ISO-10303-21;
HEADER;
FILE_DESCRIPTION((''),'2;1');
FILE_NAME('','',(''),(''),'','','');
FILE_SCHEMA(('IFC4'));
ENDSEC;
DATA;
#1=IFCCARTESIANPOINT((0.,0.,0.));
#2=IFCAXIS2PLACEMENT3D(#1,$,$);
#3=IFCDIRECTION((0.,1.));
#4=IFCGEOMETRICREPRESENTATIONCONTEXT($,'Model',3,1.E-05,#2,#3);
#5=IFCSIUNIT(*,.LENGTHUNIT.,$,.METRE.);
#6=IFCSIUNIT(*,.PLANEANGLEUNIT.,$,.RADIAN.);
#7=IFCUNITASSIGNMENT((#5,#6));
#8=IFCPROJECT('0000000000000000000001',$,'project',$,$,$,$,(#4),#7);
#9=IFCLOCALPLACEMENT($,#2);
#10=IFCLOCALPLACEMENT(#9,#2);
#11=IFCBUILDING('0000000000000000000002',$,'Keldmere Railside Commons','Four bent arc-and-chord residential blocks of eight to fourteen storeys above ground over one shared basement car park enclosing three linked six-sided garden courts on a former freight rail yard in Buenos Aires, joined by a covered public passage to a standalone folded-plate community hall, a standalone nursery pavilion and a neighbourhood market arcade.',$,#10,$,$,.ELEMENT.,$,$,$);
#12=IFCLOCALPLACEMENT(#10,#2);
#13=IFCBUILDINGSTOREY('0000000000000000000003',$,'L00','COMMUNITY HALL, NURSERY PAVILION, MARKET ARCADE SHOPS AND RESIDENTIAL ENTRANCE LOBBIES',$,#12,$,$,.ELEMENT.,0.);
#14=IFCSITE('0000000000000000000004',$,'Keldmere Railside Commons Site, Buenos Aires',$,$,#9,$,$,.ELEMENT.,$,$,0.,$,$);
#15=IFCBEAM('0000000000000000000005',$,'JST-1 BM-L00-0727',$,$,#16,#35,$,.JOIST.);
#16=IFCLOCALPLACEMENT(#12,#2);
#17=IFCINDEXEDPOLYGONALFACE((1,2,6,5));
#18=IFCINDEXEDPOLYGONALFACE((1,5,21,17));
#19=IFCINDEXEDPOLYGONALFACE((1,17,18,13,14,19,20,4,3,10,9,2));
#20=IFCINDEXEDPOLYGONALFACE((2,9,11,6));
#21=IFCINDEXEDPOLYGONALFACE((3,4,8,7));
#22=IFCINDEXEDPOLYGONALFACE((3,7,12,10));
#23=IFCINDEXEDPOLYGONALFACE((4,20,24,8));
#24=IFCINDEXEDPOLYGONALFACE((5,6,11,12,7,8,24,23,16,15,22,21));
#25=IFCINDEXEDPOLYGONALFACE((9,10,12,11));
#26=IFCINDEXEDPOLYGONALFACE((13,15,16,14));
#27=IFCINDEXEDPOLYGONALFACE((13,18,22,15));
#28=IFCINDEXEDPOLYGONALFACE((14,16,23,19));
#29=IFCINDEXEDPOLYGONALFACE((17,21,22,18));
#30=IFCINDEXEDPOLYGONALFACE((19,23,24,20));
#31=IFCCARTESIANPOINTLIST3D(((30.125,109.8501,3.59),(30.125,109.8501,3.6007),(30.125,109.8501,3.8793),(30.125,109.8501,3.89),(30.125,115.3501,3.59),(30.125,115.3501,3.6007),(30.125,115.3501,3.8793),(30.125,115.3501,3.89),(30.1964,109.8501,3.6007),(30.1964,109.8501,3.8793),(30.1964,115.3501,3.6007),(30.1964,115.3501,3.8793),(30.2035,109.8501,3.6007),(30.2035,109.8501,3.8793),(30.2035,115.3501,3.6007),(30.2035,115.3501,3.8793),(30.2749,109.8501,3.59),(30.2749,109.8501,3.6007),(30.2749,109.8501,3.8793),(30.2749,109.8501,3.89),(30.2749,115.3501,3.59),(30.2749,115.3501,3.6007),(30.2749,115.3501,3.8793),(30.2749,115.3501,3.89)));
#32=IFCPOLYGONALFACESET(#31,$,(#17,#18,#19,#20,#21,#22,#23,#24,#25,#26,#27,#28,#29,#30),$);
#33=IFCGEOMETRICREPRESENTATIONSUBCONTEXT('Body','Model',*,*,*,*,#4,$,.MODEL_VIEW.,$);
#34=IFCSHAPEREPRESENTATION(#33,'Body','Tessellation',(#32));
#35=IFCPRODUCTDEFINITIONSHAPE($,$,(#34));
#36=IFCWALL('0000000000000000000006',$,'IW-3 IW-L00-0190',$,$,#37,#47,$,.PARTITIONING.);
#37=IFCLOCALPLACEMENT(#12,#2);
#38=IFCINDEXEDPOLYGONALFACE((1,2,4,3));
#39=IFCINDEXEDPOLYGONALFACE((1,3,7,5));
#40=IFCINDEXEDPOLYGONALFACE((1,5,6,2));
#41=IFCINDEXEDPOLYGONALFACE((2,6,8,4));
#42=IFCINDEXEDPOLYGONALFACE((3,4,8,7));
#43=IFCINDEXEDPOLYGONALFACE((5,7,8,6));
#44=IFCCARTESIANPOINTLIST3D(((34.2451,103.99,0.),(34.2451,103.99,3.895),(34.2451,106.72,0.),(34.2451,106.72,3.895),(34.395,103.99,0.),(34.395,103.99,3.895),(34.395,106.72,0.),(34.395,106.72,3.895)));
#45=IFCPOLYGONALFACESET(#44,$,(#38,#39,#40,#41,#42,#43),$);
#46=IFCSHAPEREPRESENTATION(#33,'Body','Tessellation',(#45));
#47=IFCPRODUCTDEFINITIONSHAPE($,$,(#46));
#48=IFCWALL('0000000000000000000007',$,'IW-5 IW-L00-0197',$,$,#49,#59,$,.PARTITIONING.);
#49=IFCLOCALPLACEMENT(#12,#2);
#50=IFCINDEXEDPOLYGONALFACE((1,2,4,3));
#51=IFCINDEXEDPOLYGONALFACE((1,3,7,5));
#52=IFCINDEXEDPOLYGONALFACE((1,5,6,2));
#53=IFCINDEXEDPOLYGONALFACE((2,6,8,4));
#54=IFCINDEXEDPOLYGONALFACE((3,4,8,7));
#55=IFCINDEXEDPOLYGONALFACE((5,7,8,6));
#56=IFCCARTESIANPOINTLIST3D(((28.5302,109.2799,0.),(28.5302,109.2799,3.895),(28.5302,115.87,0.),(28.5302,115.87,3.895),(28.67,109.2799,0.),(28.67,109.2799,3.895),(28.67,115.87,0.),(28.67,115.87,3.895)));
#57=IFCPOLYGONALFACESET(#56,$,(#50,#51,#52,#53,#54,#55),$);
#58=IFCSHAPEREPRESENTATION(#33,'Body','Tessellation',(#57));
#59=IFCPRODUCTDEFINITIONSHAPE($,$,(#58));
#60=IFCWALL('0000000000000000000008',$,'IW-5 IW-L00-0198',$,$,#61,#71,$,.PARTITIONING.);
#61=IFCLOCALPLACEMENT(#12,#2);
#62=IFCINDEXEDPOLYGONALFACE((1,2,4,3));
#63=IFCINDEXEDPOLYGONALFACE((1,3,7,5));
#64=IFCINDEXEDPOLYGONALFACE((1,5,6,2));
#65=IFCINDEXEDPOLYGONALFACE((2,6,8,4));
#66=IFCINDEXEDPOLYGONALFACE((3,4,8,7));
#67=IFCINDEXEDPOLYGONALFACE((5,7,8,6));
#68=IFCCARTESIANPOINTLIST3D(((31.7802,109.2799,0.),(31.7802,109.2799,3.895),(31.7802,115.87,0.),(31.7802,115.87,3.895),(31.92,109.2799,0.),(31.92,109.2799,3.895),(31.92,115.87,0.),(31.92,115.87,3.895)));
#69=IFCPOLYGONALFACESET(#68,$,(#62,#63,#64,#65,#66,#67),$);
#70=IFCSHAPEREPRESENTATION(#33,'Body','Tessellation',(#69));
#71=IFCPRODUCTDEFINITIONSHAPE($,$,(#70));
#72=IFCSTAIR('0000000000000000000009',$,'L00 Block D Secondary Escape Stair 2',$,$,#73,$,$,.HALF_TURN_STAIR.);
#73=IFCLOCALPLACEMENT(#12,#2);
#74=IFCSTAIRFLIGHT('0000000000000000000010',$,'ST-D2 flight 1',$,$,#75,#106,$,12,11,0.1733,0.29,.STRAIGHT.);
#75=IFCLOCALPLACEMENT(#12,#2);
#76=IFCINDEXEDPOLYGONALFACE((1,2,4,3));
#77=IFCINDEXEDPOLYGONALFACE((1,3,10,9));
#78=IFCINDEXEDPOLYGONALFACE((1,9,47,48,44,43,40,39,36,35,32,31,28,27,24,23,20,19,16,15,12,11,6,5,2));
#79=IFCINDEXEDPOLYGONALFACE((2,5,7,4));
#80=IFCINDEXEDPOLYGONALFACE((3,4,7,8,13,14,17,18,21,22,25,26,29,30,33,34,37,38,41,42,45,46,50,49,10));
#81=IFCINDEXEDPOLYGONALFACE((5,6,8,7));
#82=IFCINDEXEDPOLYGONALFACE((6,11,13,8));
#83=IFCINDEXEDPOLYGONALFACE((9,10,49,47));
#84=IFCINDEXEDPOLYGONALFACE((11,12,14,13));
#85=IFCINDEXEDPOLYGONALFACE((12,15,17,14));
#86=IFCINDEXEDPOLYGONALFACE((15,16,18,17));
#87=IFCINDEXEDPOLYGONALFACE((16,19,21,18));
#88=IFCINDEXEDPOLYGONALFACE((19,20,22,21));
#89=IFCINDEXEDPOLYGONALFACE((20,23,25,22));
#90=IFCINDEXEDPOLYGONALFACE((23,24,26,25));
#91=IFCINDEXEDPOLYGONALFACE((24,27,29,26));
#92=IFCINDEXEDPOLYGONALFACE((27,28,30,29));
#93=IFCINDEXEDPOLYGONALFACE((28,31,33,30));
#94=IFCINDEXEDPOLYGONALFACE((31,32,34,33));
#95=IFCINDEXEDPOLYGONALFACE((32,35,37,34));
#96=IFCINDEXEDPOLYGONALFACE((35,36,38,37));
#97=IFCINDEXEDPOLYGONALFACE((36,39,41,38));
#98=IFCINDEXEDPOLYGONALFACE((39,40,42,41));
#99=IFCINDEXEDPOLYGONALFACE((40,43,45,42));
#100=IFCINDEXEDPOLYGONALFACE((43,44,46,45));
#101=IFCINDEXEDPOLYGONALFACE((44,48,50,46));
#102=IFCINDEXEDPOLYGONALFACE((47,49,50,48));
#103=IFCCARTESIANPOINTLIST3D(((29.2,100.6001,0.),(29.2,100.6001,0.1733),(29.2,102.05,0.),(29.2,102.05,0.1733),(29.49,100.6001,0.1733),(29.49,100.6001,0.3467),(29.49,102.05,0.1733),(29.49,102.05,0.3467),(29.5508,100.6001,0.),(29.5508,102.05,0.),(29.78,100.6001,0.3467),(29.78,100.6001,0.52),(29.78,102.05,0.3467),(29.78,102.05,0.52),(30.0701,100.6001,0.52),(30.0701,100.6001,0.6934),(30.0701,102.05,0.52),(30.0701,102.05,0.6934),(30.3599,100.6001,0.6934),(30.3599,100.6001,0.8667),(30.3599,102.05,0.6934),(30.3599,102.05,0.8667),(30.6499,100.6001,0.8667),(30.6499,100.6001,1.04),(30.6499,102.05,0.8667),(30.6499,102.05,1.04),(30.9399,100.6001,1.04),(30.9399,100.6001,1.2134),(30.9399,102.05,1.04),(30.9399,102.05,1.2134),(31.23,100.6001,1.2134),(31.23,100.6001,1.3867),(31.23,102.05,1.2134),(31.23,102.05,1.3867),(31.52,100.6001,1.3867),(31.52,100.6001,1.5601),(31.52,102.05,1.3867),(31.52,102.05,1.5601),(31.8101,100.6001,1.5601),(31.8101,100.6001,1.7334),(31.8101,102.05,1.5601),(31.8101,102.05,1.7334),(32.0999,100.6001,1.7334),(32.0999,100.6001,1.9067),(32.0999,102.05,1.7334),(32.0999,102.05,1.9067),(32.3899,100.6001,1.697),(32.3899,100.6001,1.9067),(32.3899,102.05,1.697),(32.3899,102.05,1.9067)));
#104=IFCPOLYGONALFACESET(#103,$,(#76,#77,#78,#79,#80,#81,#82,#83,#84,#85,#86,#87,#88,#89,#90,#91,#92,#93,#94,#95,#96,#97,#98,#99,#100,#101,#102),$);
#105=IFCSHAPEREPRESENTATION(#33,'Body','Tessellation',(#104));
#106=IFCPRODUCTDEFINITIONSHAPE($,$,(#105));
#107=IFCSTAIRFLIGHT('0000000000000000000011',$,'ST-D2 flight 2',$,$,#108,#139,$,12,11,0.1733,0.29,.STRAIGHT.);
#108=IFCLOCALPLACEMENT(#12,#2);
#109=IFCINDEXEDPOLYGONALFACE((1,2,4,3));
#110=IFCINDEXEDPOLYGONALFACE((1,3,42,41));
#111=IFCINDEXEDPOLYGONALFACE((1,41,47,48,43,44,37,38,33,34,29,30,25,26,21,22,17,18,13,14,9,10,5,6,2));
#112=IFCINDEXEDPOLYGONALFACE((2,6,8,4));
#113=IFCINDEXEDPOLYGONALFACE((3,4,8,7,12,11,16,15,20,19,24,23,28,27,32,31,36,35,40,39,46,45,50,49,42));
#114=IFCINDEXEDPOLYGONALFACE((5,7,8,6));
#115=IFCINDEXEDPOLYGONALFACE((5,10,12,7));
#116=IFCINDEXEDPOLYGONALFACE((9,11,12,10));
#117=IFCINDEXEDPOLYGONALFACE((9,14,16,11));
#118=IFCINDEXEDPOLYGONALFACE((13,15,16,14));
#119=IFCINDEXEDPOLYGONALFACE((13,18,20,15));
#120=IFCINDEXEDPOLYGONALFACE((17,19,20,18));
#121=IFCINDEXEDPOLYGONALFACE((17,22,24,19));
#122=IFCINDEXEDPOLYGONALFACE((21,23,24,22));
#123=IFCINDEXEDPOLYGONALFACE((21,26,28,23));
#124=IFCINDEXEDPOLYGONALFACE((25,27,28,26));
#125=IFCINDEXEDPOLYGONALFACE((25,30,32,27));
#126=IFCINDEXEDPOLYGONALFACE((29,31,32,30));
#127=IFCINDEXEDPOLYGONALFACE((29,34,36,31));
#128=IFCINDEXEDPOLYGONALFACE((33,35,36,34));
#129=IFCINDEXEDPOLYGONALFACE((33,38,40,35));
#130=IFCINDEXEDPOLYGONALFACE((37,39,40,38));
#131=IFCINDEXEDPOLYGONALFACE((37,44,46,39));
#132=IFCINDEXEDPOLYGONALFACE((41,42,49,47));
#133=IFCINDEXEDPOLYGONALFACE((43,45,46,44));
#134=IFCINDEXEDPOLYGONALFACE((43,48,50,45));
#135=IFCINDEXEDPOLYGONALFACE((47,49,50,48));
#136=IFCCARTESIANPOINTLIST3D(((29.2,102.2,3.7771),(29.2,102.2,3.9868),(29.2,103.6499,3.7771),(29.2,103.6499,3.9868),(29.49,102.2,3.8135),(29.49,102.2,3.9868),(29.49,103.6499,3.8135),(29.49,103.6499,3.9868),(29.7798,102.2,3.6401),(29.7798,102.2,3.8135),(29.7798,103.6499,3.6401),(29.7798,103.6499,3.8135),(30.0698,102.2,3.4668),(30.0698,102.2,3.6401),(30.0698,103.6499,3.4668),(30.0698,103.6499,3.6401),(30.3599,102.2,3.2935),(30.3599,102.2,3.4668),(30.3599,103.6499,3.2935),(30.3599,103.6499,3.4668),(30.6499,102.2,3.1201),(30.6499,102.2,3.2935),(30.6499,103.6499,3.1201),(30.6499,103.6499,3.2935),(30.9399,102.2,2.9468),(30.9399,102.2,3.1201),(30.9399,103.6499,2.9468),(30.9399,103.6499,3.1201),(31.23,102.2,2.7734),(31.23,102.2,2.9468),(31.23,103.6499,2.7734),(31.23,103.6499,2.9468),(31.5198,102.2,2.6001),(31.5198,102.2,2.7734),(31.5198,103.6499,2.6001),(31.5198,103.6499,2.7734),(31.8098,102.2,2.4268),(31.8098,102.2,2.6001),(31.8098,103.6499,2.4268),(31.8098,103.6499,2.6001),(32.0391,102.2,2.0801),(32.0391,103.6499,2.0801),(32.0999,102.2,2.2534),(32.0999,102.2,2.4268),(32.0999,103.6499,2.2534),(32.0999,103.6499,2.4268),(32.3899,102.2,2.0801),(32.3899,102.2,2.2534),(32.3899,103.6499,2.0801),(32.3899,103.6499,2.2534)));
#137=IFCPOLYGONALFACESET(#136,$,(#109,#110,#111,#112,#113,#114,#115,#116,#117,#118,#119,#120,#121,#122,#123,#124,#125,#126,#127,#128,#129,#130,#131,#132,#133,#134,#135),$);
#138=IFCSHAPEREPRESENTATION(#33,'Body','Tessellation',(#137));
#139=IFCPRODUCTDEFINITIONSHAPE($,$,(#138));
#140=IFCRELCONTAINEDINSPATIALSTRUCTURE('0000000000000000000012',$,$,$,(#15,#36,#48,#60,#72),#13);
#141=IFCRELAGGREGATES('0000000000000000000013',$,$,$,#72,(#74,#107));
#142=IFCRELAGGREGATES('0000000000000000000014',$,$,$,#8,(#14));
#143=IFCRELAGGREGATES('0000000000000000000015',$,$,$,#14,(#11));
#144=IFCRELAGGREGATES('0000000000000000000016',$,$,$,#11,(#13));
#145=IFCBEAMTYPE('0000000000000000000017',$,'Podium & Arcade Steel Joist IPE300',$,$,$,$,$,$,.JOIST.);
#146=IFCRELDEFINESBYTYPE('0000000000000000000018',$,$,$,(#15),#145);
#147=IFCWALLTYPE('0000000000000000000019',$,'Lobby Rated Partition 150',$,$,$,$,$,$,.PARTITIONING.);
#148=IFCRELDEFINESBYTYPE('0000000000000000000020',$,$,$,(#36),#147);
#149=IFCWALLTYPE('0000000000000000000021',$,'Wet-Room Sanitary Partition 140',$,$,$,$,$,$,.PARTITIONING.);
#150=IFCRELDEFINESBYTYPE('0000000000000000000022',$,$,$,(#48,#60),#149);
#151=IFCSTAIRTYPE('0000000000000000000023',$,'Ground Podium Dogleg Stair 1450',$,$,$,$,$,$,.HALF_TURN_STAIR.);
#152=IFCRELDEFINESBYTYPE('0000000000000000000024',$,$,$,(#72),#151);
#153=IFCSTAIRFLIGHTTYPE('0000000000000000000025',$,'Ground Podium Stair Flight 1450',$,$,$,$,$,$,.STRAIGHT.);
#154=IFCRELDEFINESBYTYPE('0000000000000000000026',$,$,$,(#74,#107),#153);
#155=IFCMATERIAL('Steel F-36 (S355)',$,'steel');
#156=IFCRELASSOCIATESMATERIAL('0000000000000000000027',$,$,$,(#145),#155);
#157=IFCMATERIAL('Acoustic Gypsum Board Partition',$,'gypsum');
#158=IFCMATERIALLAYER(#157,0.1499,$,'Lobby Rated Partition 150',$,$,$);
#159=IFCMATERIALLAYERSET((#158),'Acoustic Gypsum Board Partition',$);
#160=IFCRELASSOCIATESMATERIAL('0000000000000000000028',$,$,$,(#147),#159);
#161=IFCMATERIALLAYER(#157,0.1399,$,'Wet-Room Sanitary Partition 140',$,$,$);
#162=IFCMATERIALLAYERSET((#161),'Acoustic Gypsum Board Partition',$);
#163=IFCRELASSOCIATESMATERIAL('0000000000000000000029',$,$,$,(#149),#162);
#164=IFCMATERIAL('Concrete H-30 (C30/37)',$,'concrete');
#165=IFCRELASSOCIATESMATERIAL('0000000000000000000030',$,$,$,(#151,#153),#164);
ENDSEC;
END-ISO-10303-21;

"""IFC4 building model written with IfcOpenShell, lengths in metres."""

from ifc_helpers import new_model, si_unit, direction, frame, frame_2d, origin, origin_2d, place, context, subcontext, project, spatial, polyline, rectangle, i_section, outline, extrude, material, layer, layer_set, material_profile, profile_set, type_object, element, aggregate, save


model = new_model("IFC4")

# Units and contexts
model_context = context("Model", 3, precision=1e-05, world=origin(), true_north=direction((0.0, 1.0)))
body_context = subcontext(model_context, "Body", "Model", "MODEL_VIEW")
ifc_project = project(units=[si_unit("LENGTHUNIT", "METRE"), si_unit("PLANEANGLEUNIT", "RADIAN")], contexts=[model_context])

# Site, building, storey
site_placement = place(None, origin())
site = spatial("IfcSite", under=ifc_project, at=site_placement, Name="Keldmere Railside Commons Site, Buenos Aires", CompositionType="ELEMENT", RefElevation=0.0)
building_placement = place(site_placement, origin())
building = spatial("IfcBuilding", under=site, at=building_placement, Name="Keldmere Railside Commons", Description="Four bent arc-and-chord residential blocks of eight to fourteen storeys above ground over one shared basement car park enclosing three linked six-sided garden courts on a former freight rail yard in Buenos Aires, joined by a covered public passage to a standalone folded-plate community hall, a standalone nursery pavilion and a neighbourhood market arcade.", CompositionType="ELEMENT")
storey_placement = place(building_placement, origin())
storey = spatial("IfcBuildingStorey", under=building, at=storey_placement, Name="L00", Description="COMMUNITY HALL, NURSERY PAVILION, MARKET ARCADE SHOPS AND RESIDENTIAL ENTRANCE LOBBIES", CompositionType="ELEMENT", Elevation=0.0)

# Beam
ifc_material_1 = material(Name="Steel F-36 (S355)", Category="steel")
ifc_material_profile = material_profile(ifc_material_1, i_section(OverallWidth=0.1499, OverallDepth=0.3, WebThickness=0.0071, FlangeThickness=0.0107, at=origin_2d()), Name="IPE-300")
ifc_profile_set = profile_set([ifc_material_profile], Name="Steel F-36 (S355)")
beam_type = type_object("IfcBeamType", Name="Podium & Arcade Steel Joist IPE300", PredefinedType="JOIST", material=ifc_profile_set)
beam_placement = place(storey_placement, frame((30.2, 109.8501, 3.74), z_axis=(0.0, 1.0, 0.0), x_axis=(-1.0, 0.0, 0.0)))
element("IfcBeam", 1, at=beam_placement, inside=storey, type_object=beam_type, Name="JST-1 BM-L00-0727", PredefinedType="JOIST", context=body_context, shape_type="SweptSolid", body=[
    extrude(i_section(OverallWidth=0.1499, OverallDepth=0.3, WebThickness=0.0071, FlangeThickness=0.0107, at=origin_2d()), origin(), (0.0, 0.0, 1.0), 5.5),
])

# Walls
ifc_material_2 = material(Name="Acoustic Gypsum Board Partition", Category="gypsum")
ifc_layer_1 = layer(ifc_material_2, 0.1499, Name="Lobby Rated Partition 150")
ifc_layer_set_1 = layer_set([ifc_layer_1], Name="Acoustic Gypsum Board Partition")
wall_type_1 = type_object("IfcWallType", Name="Lobby Rated Partition 150", PredefinedType="PARTITIONING", material=ifc_layer_set_1)
wall_1_placement = place(storey_placement, frame((34.3201, 103.99, 0.0), z_axis=(0.0, 0.0, 1.0), x_axis=(0.0, 1.0, 0.0)))
element("IfcWall", 2, at=wall_1_placement, inside=storey, type_object=wall_type_1, Name="IW-3 IW-L00-0190", PredefinedType="PARTITIONING", context=body_context, shape_type="SweptSolid", body=[
    extrude(rectangle(XDim=2.73, YDim=0.1499, at=frame_2d((1.365, 0.0))), origin(), (0.0, 0.0, 1.0), 3.895),
])
ifc_layer_2 = layer(ifc_material_2, 0.1399, Name="Wet-Room Sanitary Partition 140")
ifc_layer_set_2 = layer_set([ifc_layer_2], Name="Acoustic Gypsum Board Partition")
wall_type_2 = type_object("IfcWallType", Name="Wet-Room Sanitary Partition 140", PredefinedType="PARTITIONING", material=ifc_layer_set_2)
for number, where, z_axis, x_axis, name in (
    (3, (28.6001, 109.28, 0.0), (0.0, 0.0, 1.0), (0.0, 1.0, 0.0), "IW-5 IW-L00-0197"),
    (4, (31.8501, 109.28, 0.0), (0.0, 0.0, 1.0), (0.0, 1.0, 0.0), "IW-5 IW-L00-0198"),
):
    element("IfcWall", number, at=place(storey_placement, frame(where, z_axis=z_axis, x_axis=x_axis)), inside=storey, type_object=wall_type_2, Name=name, PredefinedType="PARTITIONING", context=body_context, shape_type="SweptSolid", body=[
        extrude(rectangle(XDim=6.5901, YDim=0.1399, at=frame_2d((3.2949, 0.0))), origin(), (0.0, 0.0, 1.0), 3.895),
    ])

# Stair, stair flights
ifc_material_3 = material(Name="Concrete H-30 (C30/37)", Category="concrete")
stair_type = type_object("IfcStairType", Name="Ground Podium Dogleg Stair 1450", PredefinedType="HALF_TURN_STAIR", material=ifc_material_3)
stair_placement = place(storey_placement, origin())
stair = element("IfcStair", 5, at=stair_placement, inside=storey, type_object=stair_type, Name="L00 Block D Secondary Escape Stair 2", PredefinedType="HALF_TURN_STAIR")
stair_flight_type = type_object("IfcStairFlightType", Name="Ground Podium Stair Flight 1450", PredefinedType="STRAIGHT", material=ifc_material_3)
stair_flight_1_placement = place(storey_placement, frame((29.2, 101.325, 0.0), z_axis=(0.0, 0.0, 1.0), x_axis=(1.0, 0.0, 0.0)))
stair_flight_1 = element("IfcStairFlight", 6, at=stair_flight_1_placement, type_object=stair_flight_type, Name="ST-D2 flight 1", NumberOfRisers=12, NumberOfTreads=11, PredefinedType="STRAIGHT", RiserHeight=0.1733, TreadLength=0.29, context=body_context, shape_type="SweptSolid", body=[
    extrude(outline(polyline([(0.0, 0.0), (0.0, 0.1733), (0.29, 0.1733), (0.29, 0.3467), (0.5801, 0.3467), (0.5801, 0.52), (0.8701, 0.52), (0.8701, 0.6934), (1.1599, 0.6934), (1.1599, 0.8667), (1.45, 0.8667), (1.45, 1.04), (1.74, 1.04), (1.74, 1.2134), (2.03, 1.2134), (2.03, 1.3867), (2.3201, 1.3867), (2.3201, 1.5601), (2.6101, 1.5601), (2.6101, 1.7334), (2.8999, 1.7334), (2.8999, 1.9067), (3.1899, 1.9067), (3.1899, 2.0801), (3.1899, 1.697), (0.3508, 0.0), (0.0, 0.0)])), frame((0.0, 0.7251, 0.0), z_axis=(0.0, -1.0, 0.0), x_axis=(1.0, 0.0, 0.0)), (0.0, 0.0, 1.0), 1.45),
])
stair_flight_2_placement = place(storey_placement, frame((32.3899, 102.925, 2.0801), z_axis=(0.0, 0.0, 1.0), x_axis=(-1.0, 0.0, 0.0)))
stair_flight_2 = element("IfcStairFlight", 7, at=stair_flight_2_placement, type_object=stair_flight_type, Name="ST-D2 flight 2", NumberOfRisers=12, NumberOfTreads=11, PredefinedType="STRAIGHT", RiserHeight=0.1733, TreadLength=0.29, context=body_context, shape_type="SweptSolid", body=[
    extrude(outline(polyline([(0.0, 0.0), (0.0, 0.1733), (0.29, 0.1733), (0.29, 0.3467), (0.5801, 0.3467), (0.5801, 0.52), (0.8701, 0.52), (0.8701, 0.6934), (1.1599, 0.6934), (1.1599, 0.8667), (1.45, 0.8667), (1.45, 1.04), (1.74, 1.04), (1.74, 1.2134), (2.03, 1.2134), (2.03, 1.3867), (2.3201, 1.3867), (2.3201, 1.5601), (2.6101, 1.5601), (2.6101, 1.7334), (2.8999, 1.7334), (2.8999, 1.9067), (3.1899, 1.9067), (3.1899, 2.0801), (3.1899, 1.697), (0.3508, 0.0), (0.0, 0.0)])), frame((0.0, 0.7251, 0.0), z_axis=(0.0, -1.0, 0.0), x_axis=(1.0, 0.0, 0.0)), (0.0, 0.0, 1.0), 1.45),
])
aggregate(stair, [stair_flight_1, stair_flight_2])

save(model, "model.ifc")
